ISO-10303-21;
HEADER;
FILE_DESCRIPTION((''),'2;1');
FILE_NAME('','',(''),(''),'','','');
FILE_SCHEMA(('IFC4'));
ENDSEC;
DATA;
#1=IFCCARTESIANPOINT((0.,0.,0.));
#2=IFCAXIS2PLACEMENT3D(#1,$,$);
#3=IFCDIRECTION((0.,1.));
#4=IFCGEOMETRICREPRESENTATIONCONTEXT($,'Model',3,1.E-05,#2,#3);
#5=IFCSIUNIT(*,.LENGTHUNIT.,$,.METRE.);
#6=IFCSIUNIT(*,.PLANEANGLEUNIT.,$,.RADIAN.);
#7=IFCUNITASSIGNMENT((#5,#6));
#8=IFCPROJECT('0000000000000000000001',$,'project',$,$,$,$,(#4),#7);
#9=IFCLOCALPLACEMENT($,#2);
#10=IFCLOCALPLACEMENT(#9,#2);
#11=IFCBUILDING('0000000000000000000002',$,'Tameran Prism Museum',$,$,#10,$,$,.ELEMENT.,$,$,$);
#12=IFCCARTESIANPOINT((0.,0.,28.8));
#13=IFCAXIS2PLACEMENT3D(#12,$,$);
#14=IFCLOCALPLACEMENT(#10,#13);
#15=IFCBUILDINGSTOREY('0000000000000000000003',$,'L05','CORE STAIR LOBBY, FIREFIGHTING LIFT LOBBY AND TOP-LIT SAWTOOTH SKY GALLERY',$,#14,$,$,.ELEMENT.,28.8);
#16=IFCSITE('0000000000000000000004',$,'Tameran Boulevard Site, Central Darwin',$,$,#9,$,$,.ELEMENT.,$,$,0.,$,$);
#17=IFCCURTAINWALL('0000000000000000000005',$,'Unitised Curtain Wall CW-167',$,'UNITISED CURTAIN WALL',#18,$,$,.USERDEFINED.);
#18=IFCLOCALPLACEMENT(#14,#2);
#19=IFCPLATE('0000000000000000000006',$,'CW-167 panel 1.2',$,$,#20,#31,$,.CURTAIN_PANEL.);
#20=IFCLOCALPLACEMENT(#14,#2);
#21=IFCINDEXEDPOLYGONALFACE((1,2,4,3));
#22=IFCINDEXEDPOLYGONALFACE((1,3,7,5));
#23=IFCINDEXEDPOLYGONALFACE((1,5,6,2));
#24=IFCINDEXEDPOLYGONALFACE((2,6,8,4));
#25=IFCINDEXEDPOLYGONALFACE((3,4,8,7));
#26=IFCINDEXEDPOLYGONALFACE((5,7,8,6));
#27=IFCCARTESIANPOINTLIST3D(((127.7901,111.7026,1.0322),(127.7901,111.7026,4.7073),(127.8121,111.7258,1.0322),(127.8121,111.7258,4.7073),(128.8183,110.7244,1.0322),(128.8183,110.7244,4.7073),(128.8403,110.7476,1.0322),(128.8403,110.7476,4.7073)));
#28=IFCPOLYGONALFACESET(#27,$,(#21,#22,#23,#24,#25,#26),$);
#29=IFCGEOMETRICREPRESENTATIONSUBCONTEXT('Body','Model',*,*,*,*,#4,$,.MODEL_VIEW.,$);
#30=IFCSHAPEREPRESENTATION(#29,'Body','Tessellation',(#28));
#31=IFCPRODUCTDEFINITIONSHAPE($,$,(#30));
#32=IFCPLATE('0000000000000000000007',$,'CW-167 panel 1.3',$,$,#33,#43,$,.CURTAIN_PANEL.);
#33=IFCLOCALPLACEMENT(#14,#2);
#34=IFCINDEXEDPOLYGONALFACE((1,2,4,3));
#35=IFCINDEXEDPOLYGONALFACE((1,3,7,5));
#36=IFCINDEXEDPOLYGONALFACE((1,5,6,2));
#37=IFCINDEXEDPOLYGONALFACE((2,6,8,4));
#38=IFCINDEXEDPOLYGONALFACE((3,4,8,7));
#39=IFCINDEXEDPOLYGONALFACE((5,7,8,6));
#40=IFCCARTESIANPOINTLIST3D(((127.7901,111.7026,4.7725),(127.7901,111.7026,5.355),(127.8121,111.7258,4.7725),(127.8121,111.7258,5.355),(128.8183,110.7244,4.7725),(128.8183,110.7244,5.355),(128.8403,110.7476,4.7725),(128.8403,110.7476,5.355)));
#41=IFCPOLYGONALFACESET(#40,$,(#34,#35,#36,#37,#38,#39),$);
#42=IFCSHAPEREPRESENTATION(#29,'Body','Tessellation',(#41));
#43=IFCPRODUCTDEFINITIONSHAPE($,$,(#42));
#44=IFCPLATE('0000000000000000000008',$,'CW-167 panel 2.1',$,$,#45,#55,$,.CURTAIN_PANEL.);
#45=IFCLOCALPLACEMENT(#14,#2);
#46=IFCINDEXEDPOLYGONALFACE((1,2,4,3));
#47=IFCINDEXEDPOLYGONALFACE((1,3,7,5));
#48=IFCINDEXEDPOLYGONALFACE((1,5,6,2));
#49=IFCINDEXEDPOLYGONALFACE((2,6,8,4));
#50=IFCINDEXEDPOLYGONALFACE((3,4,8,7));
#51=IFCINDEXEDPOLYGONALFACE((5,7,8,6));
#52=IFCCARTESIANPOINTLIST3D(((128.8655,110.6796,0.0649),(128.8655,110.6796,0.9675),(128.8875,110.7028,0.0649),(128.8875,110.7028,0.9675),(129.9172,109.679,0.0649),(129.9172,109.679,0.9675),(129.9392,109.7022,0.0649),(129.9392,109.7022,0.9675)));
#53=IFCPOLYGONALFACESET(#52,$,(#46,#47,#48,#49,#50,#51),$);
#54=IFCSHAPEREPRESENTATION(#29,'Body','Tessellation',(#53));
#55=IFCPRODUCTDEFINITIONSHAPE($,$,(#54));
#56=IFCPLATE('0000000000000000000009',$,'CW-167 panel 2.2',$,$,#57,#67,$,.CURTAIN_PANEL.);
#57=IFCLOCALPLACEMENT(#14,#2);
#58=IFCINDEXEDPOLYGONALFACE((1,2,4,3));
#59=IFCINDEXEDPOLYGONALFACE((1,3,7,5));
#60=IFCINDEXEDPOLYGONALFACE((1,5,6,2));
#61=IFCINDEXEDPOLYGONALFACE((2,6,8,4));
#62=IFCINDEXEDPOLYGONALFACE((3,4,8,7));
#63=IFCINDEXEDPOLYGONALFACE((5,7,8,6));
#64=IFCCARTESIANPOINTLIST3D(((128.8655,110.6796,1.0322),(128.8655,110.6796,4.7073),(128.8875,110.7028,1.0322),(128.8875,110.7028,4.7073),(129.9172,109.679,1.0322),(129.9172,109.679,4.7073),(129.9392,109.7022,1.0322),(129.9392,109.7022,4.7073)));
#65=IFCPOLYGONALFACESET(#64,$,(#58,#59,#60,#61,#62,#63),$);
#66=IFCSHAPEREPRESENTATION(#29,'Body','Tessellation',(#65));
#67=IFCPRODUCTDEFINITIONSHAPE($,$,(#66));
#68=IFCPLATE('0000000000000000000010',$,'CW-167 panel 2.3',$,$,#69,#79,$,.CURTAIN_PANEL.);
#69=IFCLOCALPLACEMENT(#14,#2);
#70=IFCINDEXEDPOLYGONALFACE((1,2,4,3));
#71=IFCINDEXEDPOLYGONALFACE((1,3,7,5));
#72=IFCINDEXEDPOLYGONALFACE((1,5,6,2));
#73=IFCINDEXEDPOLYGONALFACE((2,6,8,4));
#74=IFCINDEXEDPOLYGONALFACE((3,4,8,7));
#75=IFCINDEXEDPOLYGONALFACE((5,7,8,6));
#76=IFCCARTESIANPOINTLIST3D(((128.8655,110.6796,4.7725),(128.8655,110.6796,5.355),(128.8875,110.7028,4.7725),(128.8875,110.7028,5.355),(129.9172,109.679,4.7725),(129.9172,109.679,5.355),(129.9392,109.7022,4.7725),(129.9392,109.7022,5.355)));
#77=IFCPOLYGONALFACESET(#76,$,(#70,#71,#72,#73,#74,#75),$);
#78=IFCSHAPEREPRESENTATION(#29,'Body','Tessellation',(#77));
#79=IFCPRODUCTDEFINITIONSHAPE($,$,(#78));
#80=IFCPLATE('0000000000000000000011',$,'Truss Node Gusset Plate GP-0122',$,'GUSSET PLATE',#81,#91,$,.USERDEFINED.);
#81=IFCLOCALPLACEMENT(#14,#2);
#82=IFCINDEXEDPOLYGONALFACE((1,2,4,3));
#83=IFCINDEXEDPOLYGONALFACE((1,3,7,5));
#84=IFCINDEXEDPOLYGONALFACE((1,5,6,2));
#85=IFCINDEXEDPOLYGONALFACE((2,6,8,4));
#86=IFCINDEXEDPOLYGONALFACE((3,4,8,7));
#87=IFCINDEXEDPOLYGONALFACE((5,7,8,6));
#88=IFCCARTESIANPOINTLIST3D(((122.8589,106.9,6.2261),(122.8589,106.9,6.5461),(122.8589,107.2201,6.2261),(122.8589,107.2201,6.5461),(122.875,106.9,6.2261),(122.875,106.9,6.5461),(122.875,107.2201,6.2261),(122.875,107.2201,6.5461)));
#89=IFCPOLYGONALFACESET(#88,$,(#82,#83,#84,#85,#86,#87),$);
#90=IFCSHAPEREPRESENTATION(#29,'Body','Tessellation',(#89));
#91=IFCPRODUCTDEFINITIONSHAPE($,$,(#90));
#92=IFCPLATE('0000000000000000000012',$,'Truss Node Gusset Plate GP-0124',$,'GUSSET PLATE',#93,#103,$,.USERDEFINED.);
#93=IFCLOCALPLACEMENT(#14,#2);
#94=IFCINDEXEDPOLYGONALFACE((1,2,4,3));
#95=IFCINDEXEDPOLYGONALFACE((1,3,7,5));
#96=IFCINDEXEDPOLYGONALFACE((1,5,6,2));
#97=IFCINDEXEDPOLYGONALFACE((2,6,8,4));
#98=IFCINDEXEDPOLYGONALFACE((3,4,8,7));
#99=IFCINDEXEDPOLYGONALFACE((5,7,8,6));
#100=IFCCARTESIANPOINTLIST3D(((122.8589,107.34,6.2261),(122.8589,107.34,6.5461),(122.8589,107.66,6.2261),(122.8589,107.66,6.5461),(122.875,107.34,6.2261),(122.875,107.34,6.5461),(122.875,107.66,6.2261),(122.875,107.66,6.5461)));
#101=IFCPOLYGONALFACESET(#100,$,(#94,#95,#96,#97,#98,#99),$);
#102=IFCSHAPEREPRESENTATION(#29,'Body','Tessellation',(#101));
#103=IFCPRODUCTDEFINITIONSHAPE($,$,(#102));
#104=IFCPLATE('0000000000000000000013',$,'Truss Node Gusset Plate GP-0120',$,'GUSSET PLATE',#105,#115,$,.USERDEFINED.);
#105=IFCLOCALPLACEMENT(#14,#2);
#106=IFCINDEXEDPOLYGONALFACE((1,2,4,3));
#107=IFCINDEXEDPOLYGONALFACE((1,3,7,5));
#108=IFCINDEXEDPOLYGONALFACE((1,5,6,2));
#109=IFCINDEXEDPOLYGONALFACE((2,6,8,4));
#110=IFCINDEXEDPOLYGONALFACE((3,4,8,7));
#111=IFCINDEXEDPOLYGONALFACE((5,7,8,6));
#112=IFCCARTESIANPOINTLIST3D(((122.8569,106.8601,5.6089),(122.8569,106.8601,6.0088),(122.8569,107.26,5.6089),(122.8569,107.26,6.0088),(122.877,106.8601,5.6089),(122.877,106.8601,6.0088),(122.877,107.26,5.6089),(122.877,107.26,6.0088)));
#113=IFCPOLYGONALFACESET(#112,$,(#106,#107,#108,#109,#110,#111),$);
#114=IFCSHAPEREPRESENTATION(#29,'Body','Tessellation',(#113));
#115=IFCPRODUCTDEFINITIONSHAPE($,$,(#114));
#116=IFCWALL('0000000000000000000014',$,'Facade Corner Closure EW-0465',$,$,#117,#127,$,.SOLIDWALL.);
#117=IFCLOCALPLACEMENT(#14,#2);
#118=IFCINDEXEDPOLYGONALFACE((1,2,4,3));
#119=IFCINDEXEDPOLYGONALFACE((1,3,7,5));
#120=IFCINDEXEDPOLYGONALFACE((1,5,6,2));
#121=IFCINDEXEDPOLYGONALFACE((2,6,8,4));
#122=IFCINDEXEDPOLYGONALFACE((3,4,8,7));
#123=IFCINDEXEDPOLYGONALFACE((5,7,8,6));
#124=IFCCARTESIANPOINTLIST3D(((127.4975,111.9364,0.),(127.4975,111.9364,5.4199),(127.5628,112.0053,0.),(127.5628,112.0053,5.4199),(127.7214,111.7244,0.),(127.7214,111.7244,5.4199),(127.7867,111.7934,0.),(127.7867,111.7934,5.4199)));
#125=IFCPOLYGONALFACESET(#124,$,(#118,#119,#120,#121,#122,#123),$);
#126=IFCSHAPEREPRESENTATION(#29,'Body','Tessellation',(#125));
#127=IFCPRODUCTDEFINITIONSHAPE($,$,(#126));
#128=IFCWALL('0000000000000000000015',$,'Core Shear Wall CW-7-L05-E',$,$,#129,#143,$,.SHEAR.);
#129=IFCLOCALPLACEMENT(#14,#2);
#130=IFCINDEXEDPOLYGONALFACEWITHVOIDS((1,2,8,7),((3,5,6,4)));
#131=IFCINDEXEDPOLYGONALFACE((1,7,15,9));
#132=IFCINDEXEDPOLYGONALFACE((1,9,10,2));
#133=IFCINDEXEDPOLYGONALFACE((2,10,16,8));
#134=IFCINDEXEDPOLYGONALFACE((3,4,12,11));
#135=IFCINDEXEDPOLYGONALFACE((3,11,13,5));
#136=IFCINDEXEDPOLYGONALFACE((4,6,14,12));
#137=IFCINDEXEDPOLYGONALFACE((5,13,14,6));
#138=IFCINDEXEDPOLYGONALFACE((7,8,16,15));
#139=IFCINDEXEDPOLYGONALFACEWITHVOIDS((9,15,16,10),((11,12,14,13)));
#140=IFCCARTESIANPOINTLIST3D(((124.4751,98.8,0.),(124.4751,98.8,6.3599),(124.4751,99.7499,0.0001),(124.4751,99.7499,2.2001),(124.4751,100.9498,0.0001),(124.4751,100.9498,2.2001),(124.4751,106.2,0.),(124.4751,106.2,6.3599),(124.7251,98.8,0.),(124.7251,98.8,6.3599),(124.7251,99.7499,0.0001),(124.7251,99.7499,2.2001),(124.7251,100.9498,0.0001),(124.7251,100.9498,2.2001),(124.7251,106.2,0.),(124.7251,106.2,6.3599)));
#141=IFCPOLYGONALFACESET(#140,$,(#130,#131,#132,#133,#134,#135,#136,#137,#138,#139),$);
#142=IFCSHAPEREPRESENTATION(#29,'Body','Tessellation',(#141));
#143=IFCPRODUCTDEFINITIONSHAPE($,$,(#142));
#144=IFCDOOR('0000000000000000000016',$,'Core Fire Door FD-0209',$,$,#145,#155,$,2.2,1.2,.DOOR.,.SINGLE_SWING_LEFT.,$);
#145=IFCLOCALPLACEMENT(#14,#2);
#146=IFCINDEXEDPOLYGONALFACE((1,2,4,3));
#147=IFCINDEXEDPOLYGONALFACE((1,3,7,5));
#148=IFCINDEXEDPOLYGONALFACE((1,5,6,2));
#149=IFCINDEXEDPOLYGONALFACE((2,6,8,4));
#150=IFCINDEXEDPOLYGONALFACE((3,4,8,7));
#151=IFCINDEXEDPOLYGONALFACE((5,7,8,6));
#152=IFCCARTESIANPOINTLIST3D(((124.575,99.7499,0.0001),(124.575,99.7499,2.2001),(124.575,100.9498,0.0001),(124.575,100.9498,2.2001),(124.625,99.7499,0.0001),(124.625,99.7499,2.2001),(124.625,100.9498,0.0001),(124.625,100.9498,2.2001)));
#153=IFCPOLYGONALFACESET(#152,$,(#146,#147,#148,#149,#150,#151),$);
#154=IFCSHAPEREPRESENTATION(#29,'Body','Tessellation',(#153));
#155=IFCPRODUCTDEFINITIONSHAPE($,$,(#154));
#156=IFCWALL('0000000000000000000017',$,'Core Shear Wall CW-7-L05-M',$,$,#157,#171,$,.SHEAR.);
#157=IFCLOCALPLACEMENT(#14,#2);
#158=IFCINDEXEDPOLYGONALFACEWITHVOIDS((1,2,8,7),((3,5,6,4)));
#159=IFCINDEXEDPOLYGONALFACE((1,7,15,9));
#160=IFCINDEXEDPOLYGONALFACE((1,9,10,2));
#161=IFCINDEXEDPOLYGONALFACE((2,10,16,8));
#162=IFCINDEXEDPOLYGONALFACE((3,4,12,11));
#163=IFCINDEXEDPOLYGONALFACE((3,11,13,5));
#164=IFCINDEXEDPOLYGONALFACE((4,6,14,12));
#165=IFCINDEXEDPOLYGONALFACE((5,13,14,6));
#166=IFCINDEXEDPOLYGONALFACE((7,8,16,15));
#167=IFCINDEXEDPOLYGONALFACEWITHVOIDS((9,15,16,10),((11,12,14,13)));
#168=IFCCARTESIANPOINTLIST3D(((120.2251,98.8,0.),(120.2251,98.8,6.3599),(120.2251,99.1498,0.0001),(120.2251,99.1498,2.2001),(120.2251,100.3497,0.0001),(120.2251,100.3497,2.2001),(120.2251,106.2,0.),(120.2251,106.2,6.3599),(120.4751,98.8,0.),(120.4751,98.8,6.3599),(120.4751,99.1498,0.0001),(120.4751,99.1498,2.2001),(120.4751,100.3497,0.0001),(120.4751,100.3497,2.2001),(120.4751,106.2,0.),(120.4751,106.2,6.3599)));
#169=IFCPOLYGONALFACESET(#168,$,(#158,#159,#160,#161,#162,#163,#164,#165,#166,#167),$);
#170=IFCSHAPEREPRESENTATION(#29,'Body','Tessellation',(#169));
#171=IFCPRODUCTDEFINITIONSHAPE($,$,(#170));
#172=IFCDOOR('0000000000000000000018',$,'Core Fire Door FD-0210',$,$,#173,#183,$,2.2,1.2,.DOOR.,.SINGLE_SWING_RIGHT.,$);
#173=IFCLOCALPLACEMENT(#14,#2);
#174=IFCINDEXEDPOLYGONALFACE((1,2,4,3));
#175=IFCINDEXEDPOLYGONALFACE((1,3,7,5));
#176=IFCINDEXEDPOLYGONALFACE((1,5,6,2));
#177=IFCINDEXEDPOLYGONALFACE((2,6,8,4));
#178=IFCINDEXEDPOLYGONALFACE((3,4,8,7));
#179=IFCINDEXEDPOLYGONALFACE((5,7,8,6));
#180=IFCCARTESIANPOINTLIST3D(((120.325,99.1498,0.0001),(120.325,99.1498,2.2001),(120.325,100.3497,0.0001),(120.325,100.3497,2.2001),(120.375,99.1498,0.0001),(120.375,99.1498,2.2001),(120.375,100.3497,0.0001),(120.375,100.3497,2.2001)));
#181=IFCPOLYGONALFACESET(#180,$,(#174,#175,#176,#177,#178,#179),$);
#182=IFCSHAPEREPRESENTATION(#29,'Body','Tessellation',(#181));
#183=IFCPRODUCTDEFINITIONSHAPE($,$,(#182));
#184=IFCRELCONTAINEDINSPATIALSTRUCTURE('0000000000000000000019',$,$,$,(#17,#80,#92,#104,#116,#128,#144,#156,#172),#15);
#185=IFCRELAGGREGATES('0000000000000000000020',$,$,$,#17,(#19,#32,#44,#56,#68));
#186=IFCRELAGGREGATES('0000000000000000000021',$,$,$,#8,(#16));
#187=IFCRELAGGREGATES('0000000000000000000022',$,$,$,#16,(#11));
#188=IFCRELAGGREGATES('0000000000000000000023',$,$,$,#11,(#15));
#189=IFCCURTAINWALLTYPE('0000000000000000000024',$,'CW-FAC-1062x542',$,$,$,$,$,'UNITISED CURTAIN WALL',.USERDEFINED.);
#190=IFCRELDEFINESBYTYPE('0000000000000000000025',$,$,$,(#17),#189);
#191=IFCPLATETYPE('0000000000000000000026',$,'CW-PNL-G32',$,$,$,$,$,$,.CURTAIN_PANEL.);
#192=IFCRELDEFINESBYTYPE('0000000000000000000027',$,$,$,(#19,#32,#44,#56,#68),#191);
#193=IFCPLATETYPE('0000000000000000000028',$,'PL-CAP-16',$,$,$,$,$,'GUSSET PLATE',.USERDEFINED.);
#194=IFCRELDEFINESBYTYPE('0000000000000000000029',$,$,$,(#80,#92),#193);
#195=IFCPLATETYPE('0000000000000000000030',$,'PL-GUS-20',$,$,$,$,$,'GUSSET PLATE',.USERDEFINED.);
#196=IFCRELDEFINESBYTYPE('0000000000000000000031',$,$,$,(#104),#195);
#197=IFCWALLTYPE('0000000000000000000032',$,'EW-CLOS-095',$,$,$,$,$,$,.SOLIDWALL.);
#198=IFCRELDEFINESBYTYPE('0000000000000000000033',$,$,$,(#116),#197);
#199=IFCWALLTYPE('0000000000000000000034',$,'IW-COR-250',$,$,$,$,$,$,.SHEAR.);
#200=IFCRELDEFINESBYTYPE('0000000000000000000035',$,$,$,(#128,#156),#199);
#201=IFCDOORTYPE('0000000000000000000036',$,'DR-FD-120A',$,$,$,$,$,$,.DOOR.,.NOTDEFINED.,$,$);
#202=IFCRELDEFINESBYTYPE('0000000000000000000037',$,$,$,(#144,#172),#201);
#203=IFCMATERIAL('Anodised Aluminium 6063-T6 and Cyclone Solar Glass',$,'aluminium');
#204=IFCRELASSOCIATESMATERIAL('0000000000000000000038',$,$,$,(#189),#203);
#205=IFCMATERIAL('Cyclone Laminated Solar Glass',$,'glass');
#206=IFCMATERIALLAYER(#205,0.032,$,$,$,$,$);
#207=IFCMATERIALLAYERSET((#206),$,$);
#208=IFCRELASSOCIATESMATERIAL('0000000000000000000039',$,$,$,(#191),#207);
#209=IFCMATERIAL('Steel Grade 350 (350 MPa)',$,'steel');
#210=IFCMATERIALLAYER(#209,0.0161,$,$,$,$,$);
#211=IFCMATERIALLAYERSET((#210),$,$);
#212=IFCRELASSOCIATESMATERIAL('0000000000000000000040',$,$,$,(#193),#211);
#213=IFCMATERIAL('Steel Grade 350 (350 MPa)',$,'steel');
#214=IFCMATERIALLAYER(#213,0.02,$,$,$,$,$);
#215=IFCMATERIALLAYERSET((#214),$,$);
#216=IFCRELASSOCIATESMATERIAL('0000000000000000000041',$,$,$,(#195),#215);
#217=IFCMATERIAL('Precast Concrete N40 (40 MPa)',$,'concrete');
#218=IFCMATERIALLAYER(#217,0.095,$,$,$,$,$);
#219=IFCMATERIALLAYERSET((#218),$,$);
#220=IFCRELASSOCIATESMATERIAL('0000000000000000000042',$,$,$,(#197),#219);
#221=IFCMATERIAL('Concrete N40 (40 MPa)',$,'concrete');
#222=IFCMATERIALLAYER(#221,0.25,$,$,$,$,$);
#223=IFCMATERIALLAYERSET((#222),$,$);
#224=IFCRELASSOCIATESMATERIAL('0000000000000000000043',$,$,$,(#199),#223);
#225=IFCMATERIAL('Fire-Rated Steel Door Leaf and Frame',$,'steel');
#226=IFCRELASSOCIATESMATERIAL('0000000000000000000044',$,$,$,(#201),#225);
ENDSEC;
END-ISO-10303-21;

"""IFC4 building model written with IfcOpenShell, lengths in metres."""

from ifc_helpers import new_model, si_unit, direction, frame, frame_2d, origin, origin_2d, place, context, subcontext, project, spatial, rectangle, extrude, material, layer, layer_set, type_object, element, fill, aggregate, save


model = new_model("IFC4")

# Units and contexts
model_context = context("Model", 3, precision=1e-05, world=origin(), true_north=direction((0.0, 1.0)))
body_context = subcontext(model_context, "Body", "Model", "MODEL_VIEW")
ifc_project = project(units=[si_unit("LENGTHUNIT", "METRE"), si_unit("PLANEANGLEUNIT", "RADIAN")], contexts=[model_context])

# Site, building, storey
site_placement = place(None, origin())
site = spatial("IfcSite", under=ifc_project, at=site_placement, Name="Tameran Boulevard Site, Central Darwin", CompositionType="ELEMENT", RefElevation=0.0)
building_placement = place(site_placement, origin())
building = spatial("IfcBuilding", under=site, at=building_placement, Name="Tameran Prism Museum", CompositionType="ELEMENT")
storey_placement = place(building_placement, frame((0.0, 0.0, 28.8)))
storey = spatial("IfcBuildingStorey", under=building, at=storey_placement, Name="L05", Description="CORE STAIR LOBBY, FIREFIGHTING LIFT LOBBY AND TOP-LIT SAWTOOTH SKY GALLERY", CompositionType="ELEMENT", Elevation=28.8)

# Curtain wall
ifc_material_1 = material(Name="Anodised Aluminium 6063-T6 and Cyclone Solar Glass", Category="aluminium")
curtain_wall_type = type_object("IfcCurtainWallType", Name="CW-FAC-1062x542", ElementType="UNITISED CURTAIN WALL", PredefinedType="USERDEFINED", material=ifc_material_1)
curtain_wall_placement = place(storey_placement, origin())
curtain_wall = element("IfcCurtainWall", 1, at=curtain_wall_placement, inside=storey, type_object=curtain_wall_type, Name="Unitised Curtain Wall CW-167", ObjectType="UNITISED CURTAIN WALL", PredefinedType="USERDEFINED")

# Plates
ifc_material_2 = material(Name="Cyclone Laminated Solar Glass", Category="glass")
ifc_layer_1 = layer(ifc_material_2, 0.032)
ifc_layer_set_1 = layer_set([ifc_layer_1])
plate_type_1 = type_object("IfcPlateType", Name="CW-PNL-G32", PredefinedType="CURTAIN_PANEL", material=ifc_layer_set_1)
plate_1_placement = place(storey_placement, frame((128.3152, 111.2251, 1.0322), z_axis=(0.0, 0.0, 1.0), x_axis=(0.724501, -0.689274, 0.0)))
plate_1 = element("IfcPlate", 2, at=plate_1_placement, type_object=plate_type_1, Name="CW-167 panel 1.2", PredefinedType="CURTAIN_PANEL", context=body_context, shape_type="SweptSolid", body=[
    extrude(rectangle(XDim=1.4192, YDim=0.032, at=origin_2d()), origin(), (0.0, 0.0, 1.0), 3.675),
])
plate_2_placement = place(storey_placement, frame((128.3152, 111.2251, 4.7725), z_axis=(0.0, 0.0, 1.0), x_axis=(0.724501, -0.689274, 0.0)))
plate_2 = element("IfcPlate", 3, at=plate_2_placement, type_object=plate_type_1, Name="CW-167 panel 1.3", PredefinedType="CURTAIN_PANEL", context=body_context, shape_type="SweptSolid", body=[
    extrude(rectangle(XDim=1.4192, YDim=0.032, at=origin_2d()), origin(), (0.0, 0.0, 1.0), 0.5825),
])
plate_3_placement = place(storey_placement, frame((129.4023, 110.1909, 0.0649), z_axis=(0.0, 0.0, 1.0), x_axis=(0.724501, -0.689274, 0.0)))
plate_3 = element("IfcPlate", 4, at=plate_3_placement, type_object=plate_type_1, Name="CW-167 panel 2.1", PredefinedType="CURTAIN_PANEL", context=body_context, shape_type="SweptSolid", body=[
    extrude(rectangle(XDim=1.4517, YDim=0.032, at=origin_2d()), origin(), (0.0, 0.0, 1.0), 0.9026),
])
plate_4_placement = place(storey_placement, frame((129.4023, 110.1909, 1.0322), z_axis=(0.0, 0.0, 1.0), x_axis=(0.724501, -0.689274, 0.0)))
plate_4 = element("IfcPlate", 5, at=plate_4_placement, type_object=plate_type_1, Name="CW-167 panel 2.2", PredefinedType="CURTAIN_PANEL", context=body_context, shape_type="SweptSolid", body=[
    extrude(rectangle(XDim=1.4517, YDim=0.032, at=origin_2d()), origin(), (0.0, 0.0, 1.0), 3.675),
])
plate_5_placement = place(storey_placement, frame((129.4023, 110.1909, 4.7725), z_axis=(0.0, 0.0, 1.0), x_axis=(0.724501, -0.689274, 0.0)))
plate_5 = element("IfcPlate", 6, at=plate_5_placement, type_object=plate_type_1, Name="CW-167 panel 2.3", PredefinedType="CURTAIN_PANEL", context=body_context, shape_type="SweptSolid", body=[
    extrude(rectangle(XDim=1.4517, YDim=0.032, at=origin_2d()), origin(), (0.0, 0.0, 1.0), 0.5825),
])
aggregate(curtain_wall, [plate_1, plate_2, plate_3, plate_4, plate_5])

# Plates
ifc_material_3 = material(Name="Steel Grade 350 (350 MPa)", Category="steel")
ifc_layer_2 = layer(ifc_material_3, 0.0161)
ifc_layer_set_2 = layer_set([ifc_layer_2])
plate_type_2 = type_object("IfcPlateType", Name="PL-CAP-16", ElementType="GUSSET PLATE", PredefinedType="USERDEFINED", material=ifc_layer_set_2)
for number, where, z_axis, x_axis, name in (
    (7, (122.8669, 107.0601, 6.2261), (0.0, 0.0, 1.0), (1.0, 0.0, 0.0), "Truss Node Gusset Plate GP-0122"),
    (8, (122.8669, 107.5, 6.2261), (0.0, 0.0, 1.0), (1.0, 0.0, 0.0), "Truss Node Gusset Plate GP-0124"),
):
    element("IfcPlate", number, at=place(storey_placement, frame(where, z_axis=z_axis, x_axis=x_axis)), inside=storey, type_object=plate_type_2, Name=name, ObjectType="GUSSET PLATE", PredefinedType="USERDEFINED", context=body_context, shape_type="SweptSolid", body=[
        extrude(rectangle(XDim=0.0161, YDim=0.3201, at=origin_2d()), origin(), (0.0, 0.0, 1.0), 0.3201),
    ])
ifc_material_4 = material(Name="Steel Grade 350 (350 MPa)", Category="steel")
ifc_layer_3 = layer(ifc_material_4, 0.02)
ifc_layer_set_3 = layer_set([ifc_layer_3])
plate_type_3 = type_object("IfcPlateType", Name="PL-GUS-20", ElementType="GUSSET PLATE", PredefinedType="USERDEFINED", material=ifc_layer_set_3)
plate_6_placement = place(storey_placement, frame((122.8669, 107.0601, 5.6089), z_axis=(0.0, 0.0, 1.0), x_axis=(1.0, 0.0, 0.0)))
element("IfcPlate", 9, at=plate_6_placement, inside=storey, type_object=plate_type_3, Name="Truss Node Gusset Plate GP-0120", ObjectType="GUSSET PLATE", PredefinedType="USERDEFINED", context=body_context, shape_type="SweptSolid", body=[
    extrude(rectangle(XDim=0.02, YDim=0.3999, at=origin_2d()), origin(), (0.0, 0.0, 1.0), 0.3999),
])

# Wall
ifc_material_5 = material(Name="Precast Concrete N40 (40 MPa)", Category="concrete")
ifc_layer_4 = layer(ifc_material_5, 0.095)
ifc_layer_set_4 = layer_set([ifc_layer_4])
wall_type_1 = type_object("IfcWallType", Name="EW-CLOS-095", PredefinedType="SOLIDWALL", material=ifc_layer_set_4)
wall_1_placement = place(storey_placement, frame((127.53, 111.9709, 0.0), z_axis=(0.0, 0.0, 1.0), x_axis=(0.726244, -0.687437, 0.0)))
element("IfcWall", 10, at=wall_1_placement, inside=storey, type_object=wall_type_1, Name="Facade Corner Closure EW-0465", PredefinedType="SOLIDWALL", context=body_context, shape_type="SweptSolid", body=[
    extrude(rectangle(XDim=0.3083, YDim=0.095, at=frame_2d((0.1543, 0.0))), origin(), (0.0, 0.0, 1.0), 5.4199),
])

# Walls, openings, doors
ifc_material_6 = material(Name="Concrete N40 (40 MPa)", Category="concrete")
ifc_layer_5 = layer(ifc_material_6, 0.25)
ifc_layer_set_5 = layer_set([ifc_layer_5])
wall_type_2 = type_object("IfcWallType", Name="IW-COR-250", PredefinedType="SHEAR", material=ifc_layer_set_5)
wall_2_placement = place(storey_placement, frame((124.6001, 106.2, 0.0), z_axis=(0.0, 0.0, 1.0), x_axis=(0.0, -1.0, 0.0)))
wall_2 = element("IfcWall", 11, at=wall_2_placement, inside=storey, type_object=wall_type_2, Name="Core Shear Wall CW-7-L05-E", PredefinedType="SHEAR", context=body_context, shape_type="SweptSolid", body=[
    extrude(rectangle(XDim=7.3999, YDim=0.25, at=frame_2d((3.7, 0.0))), origin(), (0.0, 0.0, 1.0), 6.3599),
])
opening_1_placement = place(wall_2_placement, frame((5.25, 0.0, 0.0)))
opening_1 = element("IfcOpeningElement", 12, at=opening_1_placement, cuts=wall_2, PredefinedType="OPENING", context=body_context, shape_type="SweptSolid", body=[
    extrude(rectangle(XDim=1.2, YDim=2.2, at=frame_2d((0.6001, 1.1001))), frame((0.0, 0.135, 0.0), z_axis=(0.0, -1.0, 0.0), x_axis=(1.0, 0.0, 0.0)), (0.0, 0.0, 1.0), 0.27),
])
ifc_material_7 = material(Name="Fire-Rated Steel Door Leaf and Frame", Category="steel")
door_type_1 = type_object("IfcDoorType", Name="DR-FD-120A", OperationType="NOTDEFINED", PredefinedType="DOOR", material=ifc_material_7)
door_1_placement = place(opening_1_placement, origin())
door_1 = element("IfcDoor", 13, at=door_1_placement, inside=storey, type_object=door_type_1, Name="Core Fire Door FD-0209", OperationType="SINGLE_SWING_LEFT", OverallHeight=2.2, OverallWidth=1.2, PredefinedType="DOOR", context=body_context, shape_type="SweptSolid", body=[
    extrude(rectangle(XDim=1.2, YDim=2.2, at=frame_2d((0.6001, 1.1001))), frame((0.0, 0.0249, 0.0), z_axis=(0.0, -1.0, 0.0), x_axis=(1.0, 0.0, 0.0)), (0.0, 0.0, 1.0), 0.05),
])
fill(opening_1, door_1)
wall_3_placement = place(storey_placement, frame((120.3501, 106.2, 0.0), z_axis=(0.0, 0.0, 1.0), x_axis=(0.0, -1.0, 0.0)))
wall_3 = element("IfcWall", 14, at=wall_3_placement, inside=storey, type_object=wall_type_2, Name="Core Shear Wall CW-7-L05-M", PredefinedType="SHEAR", context=body_context, shape_type="SweptSolid", body=[
    extrude(rectangle(XDim=7.3999, YDim=0.25, at=frame_2d((3.7, 0.0))), origin(), (0.0, 0.0, 1.0), 6.3599),
])
opening_2_placement = place(wall_3_placement, frame((5.8501, 0.0, 0.0)))
opening_2 = element("IfcOpeningElement", 15, at=opening_2_placement, cuts=wall_3, PredefinedType="OPENING", context=body_context, shape_type="SweptSolid", body=[
    extrude(rectangle(XDim=1.2, YDim=2.2, at=frame_2d((0.6001, 1.1001))), frame((0.0, 0.135, 0.0), z_axis=(0.0, -1.0, 0.0), x_axis=(1.0, 0.0, 0.0)), (0.0, 0.0, 1.0), 0.27),
])
door_2_placement = place(opening_2_placement, origin())
door_2 = element("IfcDoor", 16, at=door_2_placement, inside=storey, type_object=door_type_1, Name="Core Fire Door FD-0210", OperationType="SINGLE_SWING_RIGHT", OverallHeight=2.2, OverallWidth=1.2, PredefinedType="DOOR", context=body_context, shape_type="SweptSolid", body=[
    extrude(rectangle(XDim=1.2, YDim=2.2, at=frame_2d((0.6001, 1.1001))), frame((0.0, 0.0249, 0.0), z_axis=(0.0, -1.0, 0.0), x_axis=(1.0, 0.0, 0.0)), (0.0, 0.0, 1.0), 0.05),
])
fill(opening_2, door_2)

save(model, "model.ifc")
